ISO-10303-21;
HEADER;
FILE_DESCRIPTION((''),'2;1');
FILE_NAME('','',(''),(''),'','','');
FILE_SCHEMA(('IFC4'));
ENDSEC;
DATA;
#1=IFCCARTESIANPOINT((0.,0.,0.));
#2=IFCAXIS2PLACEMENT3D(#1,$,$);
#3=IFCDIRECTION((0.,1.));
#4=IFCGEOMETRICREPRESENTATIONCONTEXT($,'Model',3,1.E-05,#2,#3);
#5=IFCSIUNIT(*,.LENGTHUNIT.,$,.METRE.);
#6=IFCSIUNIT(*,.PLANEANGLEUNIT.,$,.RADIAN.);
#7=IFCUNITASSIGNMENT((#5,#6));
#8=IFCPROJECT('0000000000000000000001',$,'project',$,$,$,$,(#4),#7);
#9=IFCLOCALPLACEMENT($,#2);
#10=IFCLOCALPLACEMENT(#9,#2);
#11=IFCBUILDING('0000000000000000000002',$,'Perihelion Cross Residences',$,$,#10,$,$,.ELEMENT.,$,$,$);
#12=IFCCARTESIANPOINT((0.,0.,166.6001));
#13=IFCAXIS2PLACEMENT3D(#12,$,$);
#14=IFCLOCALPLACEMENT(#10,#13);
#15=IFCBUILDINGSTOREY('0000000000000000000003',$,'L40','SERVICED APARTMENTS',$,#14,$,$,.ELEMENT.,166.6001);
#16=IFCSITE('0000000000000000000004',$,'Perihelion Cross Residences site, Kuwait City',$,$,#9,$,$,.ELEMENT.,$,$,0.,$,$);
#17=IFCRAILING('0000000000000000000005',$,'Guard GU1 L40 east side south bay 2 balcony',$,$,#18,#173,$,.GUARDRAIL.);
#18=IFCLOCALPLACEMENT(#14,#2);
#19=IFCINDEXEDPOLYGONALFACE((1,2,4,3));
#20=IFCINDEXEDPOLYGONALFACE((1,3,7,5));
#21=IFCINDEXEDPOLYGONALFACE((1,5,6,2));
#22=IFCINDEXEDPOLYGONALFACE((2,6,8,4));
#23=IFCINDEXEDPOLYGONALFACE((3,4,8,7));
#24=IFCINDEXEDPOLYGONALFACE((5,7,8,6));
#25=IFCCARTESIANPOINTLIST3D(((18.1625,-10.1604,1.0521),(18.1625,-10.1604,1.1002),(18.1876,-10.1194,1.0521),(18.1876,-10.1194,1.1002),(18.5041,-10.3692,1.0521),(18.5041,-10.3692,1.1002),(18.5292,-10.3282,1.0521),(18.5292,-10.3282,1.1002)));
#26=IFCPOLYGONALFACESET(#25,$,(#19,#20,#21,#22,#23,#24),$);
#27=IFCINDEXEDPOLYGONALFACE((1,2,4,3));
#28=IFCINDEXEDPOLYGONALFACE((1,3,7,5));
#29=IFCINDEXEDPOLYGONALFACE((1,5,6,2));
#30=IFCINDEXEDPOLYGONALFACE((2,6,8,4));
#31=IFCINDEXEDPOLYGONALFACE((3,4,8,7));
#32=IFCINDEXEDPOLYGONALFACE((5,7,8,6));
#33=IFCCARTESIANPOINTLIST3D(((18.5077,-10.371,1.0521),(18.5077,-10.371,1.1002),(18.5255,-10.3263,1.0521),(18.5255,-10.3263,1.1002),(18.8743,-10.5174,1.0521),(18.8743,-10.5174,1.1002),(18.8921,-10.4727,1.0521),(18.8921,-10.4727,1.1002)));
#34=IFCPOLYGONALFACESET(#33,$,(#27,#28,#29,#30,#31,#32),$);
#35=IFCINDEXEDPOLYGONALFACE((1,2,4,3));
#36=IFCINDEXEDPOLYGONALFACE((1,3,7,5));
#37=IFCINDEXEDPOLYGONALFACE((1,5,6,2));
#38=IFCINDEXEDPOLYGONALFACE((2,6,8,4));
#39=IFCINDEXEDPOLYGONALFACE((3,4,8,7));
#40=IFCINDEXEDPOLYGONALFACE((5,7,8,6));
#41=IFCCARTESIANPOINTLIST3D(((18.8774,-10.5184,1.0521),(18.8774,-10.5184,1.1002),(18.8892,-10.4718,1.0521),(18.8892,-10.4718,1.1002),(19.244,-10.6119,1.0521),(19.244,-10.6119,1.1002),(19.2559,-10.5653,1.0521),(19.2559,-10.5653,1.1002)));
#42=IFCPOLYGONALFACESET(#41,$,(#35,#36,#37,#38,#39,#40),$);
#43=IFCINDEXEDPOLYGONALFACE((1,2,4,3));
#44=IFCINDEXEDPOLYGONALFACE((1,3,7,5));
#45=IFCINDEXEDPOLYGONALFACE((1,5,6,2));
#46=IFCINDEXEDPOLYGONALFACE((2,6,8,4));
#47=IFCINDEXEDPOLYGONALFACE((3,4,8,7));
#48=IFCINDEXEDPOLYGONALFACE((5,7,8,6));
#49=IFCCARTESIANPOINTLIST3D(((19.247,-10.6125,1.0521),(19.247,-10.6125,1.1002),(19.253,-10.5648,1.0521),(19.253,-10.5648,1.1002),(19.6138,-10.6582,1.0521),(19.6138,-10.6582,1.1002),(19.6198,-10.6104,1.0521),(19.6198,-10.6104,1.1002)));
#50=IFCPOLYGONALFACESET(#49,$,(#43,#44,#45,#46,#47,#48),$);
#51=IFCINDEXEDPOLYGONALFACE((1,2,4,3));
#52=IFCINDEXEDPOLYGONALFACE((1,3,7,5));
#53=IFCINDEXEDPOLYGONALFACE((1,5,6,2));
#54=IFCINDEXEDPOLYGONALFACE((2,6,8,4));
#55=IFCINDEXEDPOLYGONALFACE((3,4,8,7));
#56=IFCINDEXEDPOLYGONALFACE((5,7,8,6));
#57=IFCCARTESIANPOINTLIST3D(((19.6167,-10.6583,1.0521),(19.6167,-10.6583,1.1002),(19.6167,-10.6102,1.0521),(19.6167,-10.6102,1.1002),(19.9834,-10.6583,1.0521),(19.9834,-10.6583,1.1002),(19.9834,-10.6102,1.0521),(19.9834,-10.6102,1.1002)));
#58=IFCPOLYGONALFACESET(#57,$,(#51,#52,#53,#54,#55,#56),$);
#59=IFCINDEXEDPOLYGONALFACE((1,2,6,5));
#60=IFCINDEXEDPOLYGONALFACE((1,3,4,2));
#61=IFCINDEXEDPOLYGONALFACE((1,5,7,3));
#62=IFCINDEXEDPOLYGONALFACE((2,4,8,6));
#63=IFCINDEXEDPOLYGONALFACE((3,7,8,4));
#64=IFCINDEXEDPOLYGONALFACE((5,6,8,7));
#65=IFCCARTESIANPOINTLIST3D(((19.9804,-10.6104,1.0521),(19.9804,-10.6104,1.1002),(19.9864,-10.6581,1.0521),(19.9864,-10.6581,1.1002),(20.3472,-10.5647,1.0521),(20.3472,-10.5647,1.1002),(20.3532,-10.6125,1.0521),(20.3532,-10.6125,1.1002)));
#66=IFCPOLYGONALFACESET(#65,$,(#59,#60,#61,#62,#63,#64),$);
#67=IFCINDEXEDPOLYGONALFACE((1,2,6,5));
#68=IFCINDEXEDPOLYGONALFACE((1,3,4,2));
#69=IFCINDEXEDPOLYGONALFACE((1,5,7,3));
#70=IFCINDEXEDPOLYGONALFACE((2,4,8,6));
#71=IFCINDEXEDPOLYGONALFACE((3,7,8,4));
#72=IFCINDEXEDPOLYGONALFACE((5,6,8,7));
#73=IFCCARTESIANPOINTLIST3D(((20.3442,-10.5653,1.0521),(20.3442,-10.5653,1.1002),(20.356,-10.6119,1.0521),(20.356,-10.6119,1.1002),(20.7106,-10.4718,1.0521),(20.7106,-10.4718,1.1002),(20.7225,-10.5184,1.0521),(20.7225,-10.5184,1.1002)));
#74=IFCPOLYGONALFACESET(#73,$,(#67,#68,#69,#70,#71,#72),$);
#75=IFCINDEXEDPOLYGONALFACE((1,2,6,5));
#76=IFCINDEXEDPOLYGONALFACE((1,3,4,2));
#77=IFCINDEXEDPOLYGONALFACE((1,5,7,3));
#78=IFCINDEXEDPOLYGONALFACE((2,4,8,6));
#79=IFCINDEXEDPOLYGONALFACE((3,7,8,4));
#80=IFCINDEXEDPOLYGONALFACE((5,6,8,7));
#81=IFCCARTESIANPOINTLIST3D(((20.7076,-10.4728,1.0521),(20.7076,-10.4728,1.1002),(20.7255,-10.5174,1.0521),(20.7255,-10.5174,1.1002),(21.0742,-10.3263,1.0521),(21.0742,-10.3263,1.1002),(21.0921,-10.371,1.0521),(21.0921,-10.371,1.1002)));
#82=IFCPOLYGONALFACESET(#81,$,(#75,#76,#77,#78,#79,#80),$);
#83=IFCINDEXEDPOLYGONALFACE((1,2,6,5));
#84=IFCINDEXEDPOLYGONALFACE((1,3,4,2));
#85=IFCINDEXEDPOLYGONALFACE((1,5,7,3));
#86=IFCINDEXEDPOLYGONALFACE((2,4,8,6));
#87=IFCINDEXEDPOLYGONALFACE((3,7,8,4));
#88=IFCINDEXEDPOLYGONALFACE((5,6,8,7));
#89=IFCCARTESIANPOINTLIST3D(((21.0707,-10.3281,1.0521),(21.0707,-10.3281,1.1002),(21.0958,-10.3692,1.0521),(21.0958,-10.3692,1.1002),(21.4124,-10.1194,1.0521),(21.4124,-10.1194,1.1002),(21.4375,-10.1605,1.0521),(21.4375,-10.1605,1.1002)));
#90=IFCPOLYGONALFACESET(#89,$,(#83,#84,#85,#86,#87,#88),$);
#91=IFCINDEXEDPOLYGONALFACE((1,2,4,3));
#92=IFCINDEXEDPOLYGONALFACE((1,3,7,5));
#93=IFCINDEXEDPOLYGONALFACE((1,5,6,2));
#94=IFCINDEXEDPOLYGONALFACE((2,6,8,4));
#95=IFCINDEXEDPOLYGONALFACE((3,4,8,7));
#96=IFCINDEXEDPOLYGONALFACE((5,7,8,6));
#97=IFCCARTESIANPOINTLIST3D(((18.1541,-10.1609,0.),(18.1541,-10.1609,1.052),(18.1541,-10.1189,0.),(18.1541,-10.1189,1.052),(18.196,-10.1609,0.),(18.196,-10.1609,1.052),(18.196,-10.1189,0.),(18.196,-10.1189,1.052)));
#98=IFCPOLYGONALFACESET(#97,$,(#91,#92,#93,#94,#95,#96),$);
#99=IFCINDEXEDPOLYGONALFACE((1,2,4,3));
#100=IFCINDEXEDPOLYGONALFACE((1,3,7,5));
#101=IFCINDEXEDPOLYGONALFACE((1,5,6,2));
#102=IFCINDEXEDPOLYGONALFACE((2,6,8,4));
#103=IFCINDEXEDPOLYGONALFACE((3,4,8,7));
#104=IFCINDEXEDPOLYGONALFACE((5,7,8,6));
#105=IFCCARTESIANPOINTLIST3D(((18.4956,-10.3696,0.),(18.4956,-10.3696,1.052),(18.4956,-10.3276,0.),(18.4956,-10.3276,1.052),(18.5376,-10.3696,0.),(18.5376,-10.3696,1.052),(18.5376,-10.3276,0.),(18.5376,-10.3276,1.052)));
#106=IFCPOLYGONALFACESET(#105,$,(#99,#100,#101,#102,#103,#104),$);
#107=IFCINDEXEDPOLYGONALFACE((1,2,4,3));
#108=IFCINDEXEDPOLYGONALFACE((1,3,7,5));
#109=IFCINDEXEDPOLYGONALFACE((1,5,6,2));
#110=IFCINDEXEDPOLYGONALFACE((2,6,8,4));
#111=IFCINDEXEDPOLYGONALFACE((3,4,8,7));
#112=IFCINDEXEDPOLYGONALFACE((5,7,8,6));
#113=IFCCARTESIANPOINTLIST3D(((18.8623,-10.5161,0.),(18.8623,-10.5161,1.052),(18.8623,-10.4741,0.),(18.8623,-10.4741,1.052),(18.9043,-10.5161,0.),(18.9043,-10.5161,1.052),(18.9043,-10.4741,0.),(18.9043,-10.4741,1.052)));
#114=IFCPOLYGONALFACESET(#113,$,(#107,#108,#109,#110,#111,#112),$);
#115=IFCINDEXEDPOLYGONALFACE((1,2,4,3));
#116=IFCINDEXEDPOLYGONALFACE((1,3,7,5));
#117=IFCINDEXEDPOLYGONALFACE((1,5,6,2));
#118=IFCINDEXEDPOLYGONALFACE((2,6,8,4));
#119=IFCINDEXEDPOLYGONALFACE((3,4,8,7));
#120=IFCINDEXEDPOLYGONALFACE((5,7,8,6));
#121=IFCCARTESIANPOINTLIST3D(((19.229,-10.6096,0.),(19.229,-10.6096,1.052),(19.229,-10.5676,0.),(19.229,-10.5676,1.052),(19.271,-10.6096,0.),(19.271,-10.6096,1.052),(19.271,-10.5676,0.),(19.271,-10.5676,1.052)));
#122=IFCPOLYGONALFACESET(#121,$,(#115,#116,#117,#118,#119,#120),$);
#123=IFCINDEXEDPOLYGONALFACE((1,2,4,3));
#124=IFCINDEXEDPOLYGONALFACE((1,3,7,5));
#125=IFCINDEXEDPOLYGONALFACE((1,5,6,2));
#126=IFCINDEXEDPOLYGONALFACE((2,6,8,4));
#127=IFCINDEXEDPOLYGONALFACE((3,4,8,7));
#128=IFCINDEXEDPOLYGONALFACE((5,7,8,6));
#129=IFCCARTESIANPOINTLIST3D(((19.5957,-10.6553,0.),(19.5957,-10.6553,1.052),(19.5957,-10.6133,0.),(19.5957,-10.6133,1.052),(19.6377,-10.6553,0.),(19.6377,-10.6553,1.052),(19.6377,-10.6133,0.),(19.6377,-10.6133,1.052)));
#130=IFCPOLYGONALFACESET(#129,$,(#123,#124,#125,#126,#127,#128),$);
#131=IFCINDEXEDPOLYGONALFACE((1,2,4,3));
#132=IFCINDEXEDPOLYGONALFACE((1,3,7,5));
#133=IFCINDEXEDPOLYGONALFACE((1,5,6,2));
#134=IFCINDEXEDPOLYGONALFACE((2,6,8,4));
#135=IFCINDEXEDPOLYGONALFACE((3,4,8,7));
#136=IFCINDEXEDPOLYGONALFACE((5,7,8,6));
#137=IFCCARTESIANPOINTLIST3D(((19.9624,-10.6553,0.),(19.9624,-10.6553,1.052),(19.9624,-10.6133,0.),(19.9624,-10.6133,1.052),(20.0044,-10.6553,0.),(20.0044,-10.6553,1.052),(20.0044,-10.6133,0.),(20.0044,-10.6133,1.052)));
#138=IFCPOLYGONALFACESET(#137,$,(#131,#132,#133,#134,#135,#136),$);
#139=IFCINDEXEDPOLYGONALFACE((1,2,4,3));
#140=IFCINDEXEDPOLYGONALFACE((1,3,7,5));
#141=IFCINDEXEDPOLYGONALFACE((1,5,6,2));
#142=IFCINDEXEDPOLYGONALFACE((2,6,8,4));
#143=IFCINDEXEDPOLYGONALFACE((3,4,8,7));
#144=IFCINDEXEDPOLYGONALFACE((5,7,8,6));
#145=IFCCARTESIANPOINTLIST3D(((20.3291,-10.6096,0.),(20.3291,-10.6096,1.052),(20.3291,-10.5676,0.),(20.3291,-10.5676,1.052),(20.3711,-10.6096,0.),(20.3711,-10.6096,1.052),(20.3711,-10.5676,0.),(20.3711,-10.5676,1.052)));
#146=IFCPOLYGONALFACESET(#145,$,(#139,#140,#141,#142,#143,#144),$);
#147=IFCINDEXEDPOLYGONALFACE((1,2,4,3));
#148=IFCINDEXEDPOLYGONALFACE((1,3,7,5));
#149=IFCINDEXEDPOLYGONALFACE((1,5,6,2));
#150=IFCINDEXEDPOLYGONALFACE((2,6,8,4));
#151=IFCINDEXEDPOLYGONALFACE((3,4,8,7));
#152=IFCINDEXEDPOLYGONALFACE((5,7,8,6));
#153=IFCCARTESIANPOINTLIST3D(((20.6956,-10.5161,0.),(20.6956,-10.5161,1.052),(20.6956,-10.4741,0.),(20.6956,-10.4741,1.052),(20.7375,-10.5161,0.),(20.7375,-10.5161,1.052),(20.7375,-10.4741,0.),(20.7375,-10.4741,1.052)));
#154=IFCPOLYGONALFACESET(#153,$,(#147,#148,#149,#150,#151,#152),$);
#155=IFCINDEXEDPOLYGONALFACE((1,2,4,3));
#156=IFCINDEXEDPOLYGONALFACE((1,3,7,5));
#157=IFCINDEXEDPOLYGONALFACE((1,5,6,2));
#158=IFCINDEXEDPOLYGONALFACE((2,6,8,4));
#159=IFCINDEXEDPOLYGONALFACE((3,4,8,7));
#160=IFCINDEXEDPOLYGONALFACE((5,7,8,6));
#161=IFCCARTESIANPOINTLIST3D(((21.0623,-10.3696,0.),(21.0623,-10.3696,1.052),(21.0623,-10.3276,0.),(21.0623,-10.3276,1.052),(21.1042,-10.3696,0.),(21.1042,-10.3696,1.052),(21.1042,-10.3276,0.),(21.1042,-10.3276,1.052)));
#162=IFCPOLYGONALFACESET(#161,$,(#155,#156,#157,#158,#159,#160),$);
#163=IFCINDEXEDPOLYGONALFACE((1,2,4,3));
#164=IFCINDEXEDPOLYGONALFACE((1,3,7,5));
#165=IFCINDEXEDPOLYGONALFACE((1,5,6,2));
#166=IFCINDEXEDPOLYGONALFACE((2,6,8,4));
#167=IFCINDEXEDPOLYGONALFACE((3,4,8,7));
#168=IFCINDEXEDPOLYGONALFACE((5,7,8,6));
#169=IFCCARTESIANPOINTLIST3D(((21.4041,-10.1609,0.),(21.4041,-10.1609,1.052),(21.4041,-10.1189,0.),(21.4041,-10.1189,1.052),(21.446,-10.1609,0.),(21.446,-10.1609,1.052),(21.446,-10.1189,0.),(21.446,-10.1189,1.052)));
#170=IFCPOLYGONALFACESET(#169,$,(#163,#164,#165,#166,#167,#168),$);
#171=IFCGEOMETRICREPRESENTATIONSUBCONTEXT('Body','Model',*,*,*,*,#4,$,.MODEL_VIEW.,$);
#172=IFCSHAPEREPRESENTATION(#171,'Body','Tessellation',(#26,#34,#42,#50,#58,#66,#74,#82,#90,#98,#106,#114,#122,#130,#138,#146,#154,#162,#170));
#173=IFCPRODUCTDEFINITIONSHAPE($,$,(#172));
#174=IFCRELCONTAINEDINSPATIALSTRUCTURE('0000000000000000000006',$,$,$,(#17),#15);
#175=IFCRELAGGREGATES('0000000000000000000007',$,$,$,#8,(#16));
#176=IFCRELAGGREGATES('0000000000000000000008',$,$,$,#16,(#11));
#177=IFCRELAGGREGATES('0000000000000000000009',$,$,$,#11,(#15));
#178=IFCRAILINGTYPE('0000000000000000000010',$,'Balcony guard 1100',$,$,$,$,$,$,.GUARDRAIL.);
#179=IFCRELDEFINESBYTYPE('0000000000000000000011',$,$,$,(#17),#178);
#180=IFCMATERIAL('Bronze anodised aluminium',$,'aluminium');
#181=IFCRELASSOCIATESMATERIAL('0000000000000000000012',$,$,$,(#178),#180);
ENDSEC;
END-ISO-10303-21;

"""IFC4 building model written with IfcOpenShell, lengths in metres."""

from ifc_helpers import new_model, si_unit, direction, frame, origin, origin_2d, place, context, subcontext, project, spatial, rectangle, extrude, material, type_object, element, save


model = new_model("IFC4")

# Units and contexts
model_context = context("Model", 3, precision=1e-05, world=origin(), true_north=direction((0.0, 1.0)))
body_context = subcontext(model_context, "Body", "Model", "MODEL_VIEW")
ifc_project = project(units=[si_unit("LENGTHUNIT", "METRE"), si_unit("PLANEANGLEUNIT", "RADIAN")], contexts=[model_context])

# Site, building, storey
site_placement = place(None, origin())
site = spatial("IfcSite", under=ifc_project, at=site_placement, Name="Perihelion Cross Residences site, Kuwait City", CompositionType="ELEMENT", RefElevation=0.0)
building_placement = place(site_placement, origin())
building = spatial("IfcBuilding", under=site, at=building_placement, Name="Perihelion Cross Residences", CompositionType="ELEMENT")
storey_placement = place(building_placement, frame((0.0, 0.0, 166.6001)))
storey = spatial("IfcBuildingStorey", under=building, at=storey_placement, Name="L40", Description="SERVICED APARTMENTS", CompositionType="ELEMENT", Elevation=166.6001)

# Railing
ifc_material_1 = material(Name="Bronze anodised aluminium", Category="aluminium")
railing_type = type_object("IfcRailingType", Name="Balcony guard 1100", PredefinedType="GUARDRAIL", material=ifc_material_1)
railing_1_placement = place(storey_placement, frame((18.175, -10.1399, 0.0)))
element("IfcRailing", 1, at=railing_1_placement, inside=storey, type_object=railing_type, Name="Guard GU1 L40 east side south bay 2 balcony", PredefinedType="GUARDRAIL", context=body_context, shape_type="SweptSolid", body=[
    extrude(rectangle(XDim=0.0481, YDim=0.0481, at=origin_2d()), frame((0.0, 0.0, 1.0762), z_axis=(0.853267, -0.521475, 0.0), x_axis=(0.521475, 0.853267, 0.0)), (0.0, 0.0, 1.0), 0.4004),
    extrude(rectangle(XDim=0.0481, YDim=0.0481, at=origin_2d()), frame((0.3416, -0.2087, 1.0762), z_axis=(0.928647, -0.370964, 0.0), x_axis=(0.370964, 0.928647, 0.0)), (0.0, 0.0, 1.0), 0.3948),
    extrude(rectangle(XDim=0.0481, YDim=0.0481, at=origin_2d()), frame((0.7083, -0.3552, 1.0762), z_axis=(0.968993, -0.247087, 0.0), x_axis=(0.247087, 0.968993, 0.0)), (0.0, 0.0, 1.0), 0.3784),
    extrude(rectangle(XDim=0.0481, YDim=0.0481, at=origin_2d()), frame((1.075, -0.4487, 1.0762), z_axis=(0.992339, -0.123547, 0.0), x_axis=(0.123547, 0.992339, 0.0)), (0.0, 0.0, 1.0), 0.3696),
    extrude(rectangle(XDim=0.0481, YDim=0.0481, at=origin_2d()), frame((1.4417, -0.4944, 1.0762), z_axis=(1.0, 0.0, 0.0), x_axis=(0.0, 1.0, 0.0)), (0.0, 0.0, 1.0), 0.3667),
    extrude(rectangle(XDim=0.0481, YDim=0.0481, at=origin_2d()), frame((1.8083, -0.4944, 1.0762), z_axis=(0.992339, 0.123547, 0.0), x_axis=(-0.123547, 0.992339, 0.0)), (0.0, 0.0, 1.0), 0.3696),
    extrude(rectangle(XDim=0.0481, YDim=0.0481, at=origin_2d()), frame((2.175, -0.4487, 1.0762), z_axis=(0.968954, 0.247241, 0.0), x_axis=(-0.247241, 0.968954, 0.0)), (0.0, 0.0, 1.0), 0.3782),
    extrude(rectangle(XDim=0.0481, YDim=0.0481, at=origin_2d()), frame((2.5415, -0.3552, 1.0762), z_axis=(0.928647, 0.370964, 0.0), x_axis=(-0.370964, 0.928647, 0.0)), (0.0, 0.0, 1.0), 0.3948),
    extrude(rectangle(XDim=0.0481, YDim=0.0481, at=origin_2d()), frame((2.9082, -0.2087, 1.0762), z_axis=(0.853432, 0.521203, 0.0), x_axis=(-0.521203, 0.853432, 0.0)), (0.0, 0.0, 1.0), 0.4004),
    extrude(rectangle(XDim=0.042, YDim=0.042, at=origin_2d()), origin(), (0.0, 0.0, 1.0), 1.052),
    extrude(rectangle(XDim=0.042, YDim=0.042, at=origin_2d()), frame((0.3416, -0.2087, 0.0)), (0.0, 0.0, 1.0), 1.052),
    extrude(rectangle(XDim=0.042, YDim=0.042, at=origin_2d()), frame((0.7083, -0.3552, 0.0)), (0.0, 0.0, 1.0), 1.052),
    extrude(rectangle(XDim=0.042, YDim=0.042, at=origin_2d()), frame((1.075, -0.4487, 0.0)), (0.0, 0.0, 1.0), 1.052),
    extrude(rectangle(XDim=0.042, YDim=0.042, at=origin_2d()), frame((1.4417, -0.4944, 0.0)), (0.0, 0.0, 1.0), 1.052),
    extrude(rectangle(XDim=0.042, YDim=0.042, at=origin_2d()), frame((1.8083, -0.4944, 0.0)), (0.0, 0.0, 1.0), 1.052),
    extrude(rectangle(XDim=0.042, YDim=0.042, at=origin_2d()), frame((2.175, -0.4487, 0.0)), (0.0, 0.0, 1.0), 1.052),
    extrude(rectangle(XDim=0.042, YDim=0.042, at=origin_2d()), frame((2.5415, -0.3552, 0.0)), (0.0, 0.0, 1.0), 1.052),
    extrude(rectangle(XDim=0.042, YDim=0.042, at=origin_2d()), frame((2.9082, -0.2087, 0.0)), (0.0, 0.0, 1.0), 1.052),
    extrude(rectangle(XDim=0.042, YDim=0.042, at=origin_2d()), frame((3.25, 0.0, 0.0)), (0.0, 0.0, 1.0), 1.052),
])

save(model, "model.ifc")
